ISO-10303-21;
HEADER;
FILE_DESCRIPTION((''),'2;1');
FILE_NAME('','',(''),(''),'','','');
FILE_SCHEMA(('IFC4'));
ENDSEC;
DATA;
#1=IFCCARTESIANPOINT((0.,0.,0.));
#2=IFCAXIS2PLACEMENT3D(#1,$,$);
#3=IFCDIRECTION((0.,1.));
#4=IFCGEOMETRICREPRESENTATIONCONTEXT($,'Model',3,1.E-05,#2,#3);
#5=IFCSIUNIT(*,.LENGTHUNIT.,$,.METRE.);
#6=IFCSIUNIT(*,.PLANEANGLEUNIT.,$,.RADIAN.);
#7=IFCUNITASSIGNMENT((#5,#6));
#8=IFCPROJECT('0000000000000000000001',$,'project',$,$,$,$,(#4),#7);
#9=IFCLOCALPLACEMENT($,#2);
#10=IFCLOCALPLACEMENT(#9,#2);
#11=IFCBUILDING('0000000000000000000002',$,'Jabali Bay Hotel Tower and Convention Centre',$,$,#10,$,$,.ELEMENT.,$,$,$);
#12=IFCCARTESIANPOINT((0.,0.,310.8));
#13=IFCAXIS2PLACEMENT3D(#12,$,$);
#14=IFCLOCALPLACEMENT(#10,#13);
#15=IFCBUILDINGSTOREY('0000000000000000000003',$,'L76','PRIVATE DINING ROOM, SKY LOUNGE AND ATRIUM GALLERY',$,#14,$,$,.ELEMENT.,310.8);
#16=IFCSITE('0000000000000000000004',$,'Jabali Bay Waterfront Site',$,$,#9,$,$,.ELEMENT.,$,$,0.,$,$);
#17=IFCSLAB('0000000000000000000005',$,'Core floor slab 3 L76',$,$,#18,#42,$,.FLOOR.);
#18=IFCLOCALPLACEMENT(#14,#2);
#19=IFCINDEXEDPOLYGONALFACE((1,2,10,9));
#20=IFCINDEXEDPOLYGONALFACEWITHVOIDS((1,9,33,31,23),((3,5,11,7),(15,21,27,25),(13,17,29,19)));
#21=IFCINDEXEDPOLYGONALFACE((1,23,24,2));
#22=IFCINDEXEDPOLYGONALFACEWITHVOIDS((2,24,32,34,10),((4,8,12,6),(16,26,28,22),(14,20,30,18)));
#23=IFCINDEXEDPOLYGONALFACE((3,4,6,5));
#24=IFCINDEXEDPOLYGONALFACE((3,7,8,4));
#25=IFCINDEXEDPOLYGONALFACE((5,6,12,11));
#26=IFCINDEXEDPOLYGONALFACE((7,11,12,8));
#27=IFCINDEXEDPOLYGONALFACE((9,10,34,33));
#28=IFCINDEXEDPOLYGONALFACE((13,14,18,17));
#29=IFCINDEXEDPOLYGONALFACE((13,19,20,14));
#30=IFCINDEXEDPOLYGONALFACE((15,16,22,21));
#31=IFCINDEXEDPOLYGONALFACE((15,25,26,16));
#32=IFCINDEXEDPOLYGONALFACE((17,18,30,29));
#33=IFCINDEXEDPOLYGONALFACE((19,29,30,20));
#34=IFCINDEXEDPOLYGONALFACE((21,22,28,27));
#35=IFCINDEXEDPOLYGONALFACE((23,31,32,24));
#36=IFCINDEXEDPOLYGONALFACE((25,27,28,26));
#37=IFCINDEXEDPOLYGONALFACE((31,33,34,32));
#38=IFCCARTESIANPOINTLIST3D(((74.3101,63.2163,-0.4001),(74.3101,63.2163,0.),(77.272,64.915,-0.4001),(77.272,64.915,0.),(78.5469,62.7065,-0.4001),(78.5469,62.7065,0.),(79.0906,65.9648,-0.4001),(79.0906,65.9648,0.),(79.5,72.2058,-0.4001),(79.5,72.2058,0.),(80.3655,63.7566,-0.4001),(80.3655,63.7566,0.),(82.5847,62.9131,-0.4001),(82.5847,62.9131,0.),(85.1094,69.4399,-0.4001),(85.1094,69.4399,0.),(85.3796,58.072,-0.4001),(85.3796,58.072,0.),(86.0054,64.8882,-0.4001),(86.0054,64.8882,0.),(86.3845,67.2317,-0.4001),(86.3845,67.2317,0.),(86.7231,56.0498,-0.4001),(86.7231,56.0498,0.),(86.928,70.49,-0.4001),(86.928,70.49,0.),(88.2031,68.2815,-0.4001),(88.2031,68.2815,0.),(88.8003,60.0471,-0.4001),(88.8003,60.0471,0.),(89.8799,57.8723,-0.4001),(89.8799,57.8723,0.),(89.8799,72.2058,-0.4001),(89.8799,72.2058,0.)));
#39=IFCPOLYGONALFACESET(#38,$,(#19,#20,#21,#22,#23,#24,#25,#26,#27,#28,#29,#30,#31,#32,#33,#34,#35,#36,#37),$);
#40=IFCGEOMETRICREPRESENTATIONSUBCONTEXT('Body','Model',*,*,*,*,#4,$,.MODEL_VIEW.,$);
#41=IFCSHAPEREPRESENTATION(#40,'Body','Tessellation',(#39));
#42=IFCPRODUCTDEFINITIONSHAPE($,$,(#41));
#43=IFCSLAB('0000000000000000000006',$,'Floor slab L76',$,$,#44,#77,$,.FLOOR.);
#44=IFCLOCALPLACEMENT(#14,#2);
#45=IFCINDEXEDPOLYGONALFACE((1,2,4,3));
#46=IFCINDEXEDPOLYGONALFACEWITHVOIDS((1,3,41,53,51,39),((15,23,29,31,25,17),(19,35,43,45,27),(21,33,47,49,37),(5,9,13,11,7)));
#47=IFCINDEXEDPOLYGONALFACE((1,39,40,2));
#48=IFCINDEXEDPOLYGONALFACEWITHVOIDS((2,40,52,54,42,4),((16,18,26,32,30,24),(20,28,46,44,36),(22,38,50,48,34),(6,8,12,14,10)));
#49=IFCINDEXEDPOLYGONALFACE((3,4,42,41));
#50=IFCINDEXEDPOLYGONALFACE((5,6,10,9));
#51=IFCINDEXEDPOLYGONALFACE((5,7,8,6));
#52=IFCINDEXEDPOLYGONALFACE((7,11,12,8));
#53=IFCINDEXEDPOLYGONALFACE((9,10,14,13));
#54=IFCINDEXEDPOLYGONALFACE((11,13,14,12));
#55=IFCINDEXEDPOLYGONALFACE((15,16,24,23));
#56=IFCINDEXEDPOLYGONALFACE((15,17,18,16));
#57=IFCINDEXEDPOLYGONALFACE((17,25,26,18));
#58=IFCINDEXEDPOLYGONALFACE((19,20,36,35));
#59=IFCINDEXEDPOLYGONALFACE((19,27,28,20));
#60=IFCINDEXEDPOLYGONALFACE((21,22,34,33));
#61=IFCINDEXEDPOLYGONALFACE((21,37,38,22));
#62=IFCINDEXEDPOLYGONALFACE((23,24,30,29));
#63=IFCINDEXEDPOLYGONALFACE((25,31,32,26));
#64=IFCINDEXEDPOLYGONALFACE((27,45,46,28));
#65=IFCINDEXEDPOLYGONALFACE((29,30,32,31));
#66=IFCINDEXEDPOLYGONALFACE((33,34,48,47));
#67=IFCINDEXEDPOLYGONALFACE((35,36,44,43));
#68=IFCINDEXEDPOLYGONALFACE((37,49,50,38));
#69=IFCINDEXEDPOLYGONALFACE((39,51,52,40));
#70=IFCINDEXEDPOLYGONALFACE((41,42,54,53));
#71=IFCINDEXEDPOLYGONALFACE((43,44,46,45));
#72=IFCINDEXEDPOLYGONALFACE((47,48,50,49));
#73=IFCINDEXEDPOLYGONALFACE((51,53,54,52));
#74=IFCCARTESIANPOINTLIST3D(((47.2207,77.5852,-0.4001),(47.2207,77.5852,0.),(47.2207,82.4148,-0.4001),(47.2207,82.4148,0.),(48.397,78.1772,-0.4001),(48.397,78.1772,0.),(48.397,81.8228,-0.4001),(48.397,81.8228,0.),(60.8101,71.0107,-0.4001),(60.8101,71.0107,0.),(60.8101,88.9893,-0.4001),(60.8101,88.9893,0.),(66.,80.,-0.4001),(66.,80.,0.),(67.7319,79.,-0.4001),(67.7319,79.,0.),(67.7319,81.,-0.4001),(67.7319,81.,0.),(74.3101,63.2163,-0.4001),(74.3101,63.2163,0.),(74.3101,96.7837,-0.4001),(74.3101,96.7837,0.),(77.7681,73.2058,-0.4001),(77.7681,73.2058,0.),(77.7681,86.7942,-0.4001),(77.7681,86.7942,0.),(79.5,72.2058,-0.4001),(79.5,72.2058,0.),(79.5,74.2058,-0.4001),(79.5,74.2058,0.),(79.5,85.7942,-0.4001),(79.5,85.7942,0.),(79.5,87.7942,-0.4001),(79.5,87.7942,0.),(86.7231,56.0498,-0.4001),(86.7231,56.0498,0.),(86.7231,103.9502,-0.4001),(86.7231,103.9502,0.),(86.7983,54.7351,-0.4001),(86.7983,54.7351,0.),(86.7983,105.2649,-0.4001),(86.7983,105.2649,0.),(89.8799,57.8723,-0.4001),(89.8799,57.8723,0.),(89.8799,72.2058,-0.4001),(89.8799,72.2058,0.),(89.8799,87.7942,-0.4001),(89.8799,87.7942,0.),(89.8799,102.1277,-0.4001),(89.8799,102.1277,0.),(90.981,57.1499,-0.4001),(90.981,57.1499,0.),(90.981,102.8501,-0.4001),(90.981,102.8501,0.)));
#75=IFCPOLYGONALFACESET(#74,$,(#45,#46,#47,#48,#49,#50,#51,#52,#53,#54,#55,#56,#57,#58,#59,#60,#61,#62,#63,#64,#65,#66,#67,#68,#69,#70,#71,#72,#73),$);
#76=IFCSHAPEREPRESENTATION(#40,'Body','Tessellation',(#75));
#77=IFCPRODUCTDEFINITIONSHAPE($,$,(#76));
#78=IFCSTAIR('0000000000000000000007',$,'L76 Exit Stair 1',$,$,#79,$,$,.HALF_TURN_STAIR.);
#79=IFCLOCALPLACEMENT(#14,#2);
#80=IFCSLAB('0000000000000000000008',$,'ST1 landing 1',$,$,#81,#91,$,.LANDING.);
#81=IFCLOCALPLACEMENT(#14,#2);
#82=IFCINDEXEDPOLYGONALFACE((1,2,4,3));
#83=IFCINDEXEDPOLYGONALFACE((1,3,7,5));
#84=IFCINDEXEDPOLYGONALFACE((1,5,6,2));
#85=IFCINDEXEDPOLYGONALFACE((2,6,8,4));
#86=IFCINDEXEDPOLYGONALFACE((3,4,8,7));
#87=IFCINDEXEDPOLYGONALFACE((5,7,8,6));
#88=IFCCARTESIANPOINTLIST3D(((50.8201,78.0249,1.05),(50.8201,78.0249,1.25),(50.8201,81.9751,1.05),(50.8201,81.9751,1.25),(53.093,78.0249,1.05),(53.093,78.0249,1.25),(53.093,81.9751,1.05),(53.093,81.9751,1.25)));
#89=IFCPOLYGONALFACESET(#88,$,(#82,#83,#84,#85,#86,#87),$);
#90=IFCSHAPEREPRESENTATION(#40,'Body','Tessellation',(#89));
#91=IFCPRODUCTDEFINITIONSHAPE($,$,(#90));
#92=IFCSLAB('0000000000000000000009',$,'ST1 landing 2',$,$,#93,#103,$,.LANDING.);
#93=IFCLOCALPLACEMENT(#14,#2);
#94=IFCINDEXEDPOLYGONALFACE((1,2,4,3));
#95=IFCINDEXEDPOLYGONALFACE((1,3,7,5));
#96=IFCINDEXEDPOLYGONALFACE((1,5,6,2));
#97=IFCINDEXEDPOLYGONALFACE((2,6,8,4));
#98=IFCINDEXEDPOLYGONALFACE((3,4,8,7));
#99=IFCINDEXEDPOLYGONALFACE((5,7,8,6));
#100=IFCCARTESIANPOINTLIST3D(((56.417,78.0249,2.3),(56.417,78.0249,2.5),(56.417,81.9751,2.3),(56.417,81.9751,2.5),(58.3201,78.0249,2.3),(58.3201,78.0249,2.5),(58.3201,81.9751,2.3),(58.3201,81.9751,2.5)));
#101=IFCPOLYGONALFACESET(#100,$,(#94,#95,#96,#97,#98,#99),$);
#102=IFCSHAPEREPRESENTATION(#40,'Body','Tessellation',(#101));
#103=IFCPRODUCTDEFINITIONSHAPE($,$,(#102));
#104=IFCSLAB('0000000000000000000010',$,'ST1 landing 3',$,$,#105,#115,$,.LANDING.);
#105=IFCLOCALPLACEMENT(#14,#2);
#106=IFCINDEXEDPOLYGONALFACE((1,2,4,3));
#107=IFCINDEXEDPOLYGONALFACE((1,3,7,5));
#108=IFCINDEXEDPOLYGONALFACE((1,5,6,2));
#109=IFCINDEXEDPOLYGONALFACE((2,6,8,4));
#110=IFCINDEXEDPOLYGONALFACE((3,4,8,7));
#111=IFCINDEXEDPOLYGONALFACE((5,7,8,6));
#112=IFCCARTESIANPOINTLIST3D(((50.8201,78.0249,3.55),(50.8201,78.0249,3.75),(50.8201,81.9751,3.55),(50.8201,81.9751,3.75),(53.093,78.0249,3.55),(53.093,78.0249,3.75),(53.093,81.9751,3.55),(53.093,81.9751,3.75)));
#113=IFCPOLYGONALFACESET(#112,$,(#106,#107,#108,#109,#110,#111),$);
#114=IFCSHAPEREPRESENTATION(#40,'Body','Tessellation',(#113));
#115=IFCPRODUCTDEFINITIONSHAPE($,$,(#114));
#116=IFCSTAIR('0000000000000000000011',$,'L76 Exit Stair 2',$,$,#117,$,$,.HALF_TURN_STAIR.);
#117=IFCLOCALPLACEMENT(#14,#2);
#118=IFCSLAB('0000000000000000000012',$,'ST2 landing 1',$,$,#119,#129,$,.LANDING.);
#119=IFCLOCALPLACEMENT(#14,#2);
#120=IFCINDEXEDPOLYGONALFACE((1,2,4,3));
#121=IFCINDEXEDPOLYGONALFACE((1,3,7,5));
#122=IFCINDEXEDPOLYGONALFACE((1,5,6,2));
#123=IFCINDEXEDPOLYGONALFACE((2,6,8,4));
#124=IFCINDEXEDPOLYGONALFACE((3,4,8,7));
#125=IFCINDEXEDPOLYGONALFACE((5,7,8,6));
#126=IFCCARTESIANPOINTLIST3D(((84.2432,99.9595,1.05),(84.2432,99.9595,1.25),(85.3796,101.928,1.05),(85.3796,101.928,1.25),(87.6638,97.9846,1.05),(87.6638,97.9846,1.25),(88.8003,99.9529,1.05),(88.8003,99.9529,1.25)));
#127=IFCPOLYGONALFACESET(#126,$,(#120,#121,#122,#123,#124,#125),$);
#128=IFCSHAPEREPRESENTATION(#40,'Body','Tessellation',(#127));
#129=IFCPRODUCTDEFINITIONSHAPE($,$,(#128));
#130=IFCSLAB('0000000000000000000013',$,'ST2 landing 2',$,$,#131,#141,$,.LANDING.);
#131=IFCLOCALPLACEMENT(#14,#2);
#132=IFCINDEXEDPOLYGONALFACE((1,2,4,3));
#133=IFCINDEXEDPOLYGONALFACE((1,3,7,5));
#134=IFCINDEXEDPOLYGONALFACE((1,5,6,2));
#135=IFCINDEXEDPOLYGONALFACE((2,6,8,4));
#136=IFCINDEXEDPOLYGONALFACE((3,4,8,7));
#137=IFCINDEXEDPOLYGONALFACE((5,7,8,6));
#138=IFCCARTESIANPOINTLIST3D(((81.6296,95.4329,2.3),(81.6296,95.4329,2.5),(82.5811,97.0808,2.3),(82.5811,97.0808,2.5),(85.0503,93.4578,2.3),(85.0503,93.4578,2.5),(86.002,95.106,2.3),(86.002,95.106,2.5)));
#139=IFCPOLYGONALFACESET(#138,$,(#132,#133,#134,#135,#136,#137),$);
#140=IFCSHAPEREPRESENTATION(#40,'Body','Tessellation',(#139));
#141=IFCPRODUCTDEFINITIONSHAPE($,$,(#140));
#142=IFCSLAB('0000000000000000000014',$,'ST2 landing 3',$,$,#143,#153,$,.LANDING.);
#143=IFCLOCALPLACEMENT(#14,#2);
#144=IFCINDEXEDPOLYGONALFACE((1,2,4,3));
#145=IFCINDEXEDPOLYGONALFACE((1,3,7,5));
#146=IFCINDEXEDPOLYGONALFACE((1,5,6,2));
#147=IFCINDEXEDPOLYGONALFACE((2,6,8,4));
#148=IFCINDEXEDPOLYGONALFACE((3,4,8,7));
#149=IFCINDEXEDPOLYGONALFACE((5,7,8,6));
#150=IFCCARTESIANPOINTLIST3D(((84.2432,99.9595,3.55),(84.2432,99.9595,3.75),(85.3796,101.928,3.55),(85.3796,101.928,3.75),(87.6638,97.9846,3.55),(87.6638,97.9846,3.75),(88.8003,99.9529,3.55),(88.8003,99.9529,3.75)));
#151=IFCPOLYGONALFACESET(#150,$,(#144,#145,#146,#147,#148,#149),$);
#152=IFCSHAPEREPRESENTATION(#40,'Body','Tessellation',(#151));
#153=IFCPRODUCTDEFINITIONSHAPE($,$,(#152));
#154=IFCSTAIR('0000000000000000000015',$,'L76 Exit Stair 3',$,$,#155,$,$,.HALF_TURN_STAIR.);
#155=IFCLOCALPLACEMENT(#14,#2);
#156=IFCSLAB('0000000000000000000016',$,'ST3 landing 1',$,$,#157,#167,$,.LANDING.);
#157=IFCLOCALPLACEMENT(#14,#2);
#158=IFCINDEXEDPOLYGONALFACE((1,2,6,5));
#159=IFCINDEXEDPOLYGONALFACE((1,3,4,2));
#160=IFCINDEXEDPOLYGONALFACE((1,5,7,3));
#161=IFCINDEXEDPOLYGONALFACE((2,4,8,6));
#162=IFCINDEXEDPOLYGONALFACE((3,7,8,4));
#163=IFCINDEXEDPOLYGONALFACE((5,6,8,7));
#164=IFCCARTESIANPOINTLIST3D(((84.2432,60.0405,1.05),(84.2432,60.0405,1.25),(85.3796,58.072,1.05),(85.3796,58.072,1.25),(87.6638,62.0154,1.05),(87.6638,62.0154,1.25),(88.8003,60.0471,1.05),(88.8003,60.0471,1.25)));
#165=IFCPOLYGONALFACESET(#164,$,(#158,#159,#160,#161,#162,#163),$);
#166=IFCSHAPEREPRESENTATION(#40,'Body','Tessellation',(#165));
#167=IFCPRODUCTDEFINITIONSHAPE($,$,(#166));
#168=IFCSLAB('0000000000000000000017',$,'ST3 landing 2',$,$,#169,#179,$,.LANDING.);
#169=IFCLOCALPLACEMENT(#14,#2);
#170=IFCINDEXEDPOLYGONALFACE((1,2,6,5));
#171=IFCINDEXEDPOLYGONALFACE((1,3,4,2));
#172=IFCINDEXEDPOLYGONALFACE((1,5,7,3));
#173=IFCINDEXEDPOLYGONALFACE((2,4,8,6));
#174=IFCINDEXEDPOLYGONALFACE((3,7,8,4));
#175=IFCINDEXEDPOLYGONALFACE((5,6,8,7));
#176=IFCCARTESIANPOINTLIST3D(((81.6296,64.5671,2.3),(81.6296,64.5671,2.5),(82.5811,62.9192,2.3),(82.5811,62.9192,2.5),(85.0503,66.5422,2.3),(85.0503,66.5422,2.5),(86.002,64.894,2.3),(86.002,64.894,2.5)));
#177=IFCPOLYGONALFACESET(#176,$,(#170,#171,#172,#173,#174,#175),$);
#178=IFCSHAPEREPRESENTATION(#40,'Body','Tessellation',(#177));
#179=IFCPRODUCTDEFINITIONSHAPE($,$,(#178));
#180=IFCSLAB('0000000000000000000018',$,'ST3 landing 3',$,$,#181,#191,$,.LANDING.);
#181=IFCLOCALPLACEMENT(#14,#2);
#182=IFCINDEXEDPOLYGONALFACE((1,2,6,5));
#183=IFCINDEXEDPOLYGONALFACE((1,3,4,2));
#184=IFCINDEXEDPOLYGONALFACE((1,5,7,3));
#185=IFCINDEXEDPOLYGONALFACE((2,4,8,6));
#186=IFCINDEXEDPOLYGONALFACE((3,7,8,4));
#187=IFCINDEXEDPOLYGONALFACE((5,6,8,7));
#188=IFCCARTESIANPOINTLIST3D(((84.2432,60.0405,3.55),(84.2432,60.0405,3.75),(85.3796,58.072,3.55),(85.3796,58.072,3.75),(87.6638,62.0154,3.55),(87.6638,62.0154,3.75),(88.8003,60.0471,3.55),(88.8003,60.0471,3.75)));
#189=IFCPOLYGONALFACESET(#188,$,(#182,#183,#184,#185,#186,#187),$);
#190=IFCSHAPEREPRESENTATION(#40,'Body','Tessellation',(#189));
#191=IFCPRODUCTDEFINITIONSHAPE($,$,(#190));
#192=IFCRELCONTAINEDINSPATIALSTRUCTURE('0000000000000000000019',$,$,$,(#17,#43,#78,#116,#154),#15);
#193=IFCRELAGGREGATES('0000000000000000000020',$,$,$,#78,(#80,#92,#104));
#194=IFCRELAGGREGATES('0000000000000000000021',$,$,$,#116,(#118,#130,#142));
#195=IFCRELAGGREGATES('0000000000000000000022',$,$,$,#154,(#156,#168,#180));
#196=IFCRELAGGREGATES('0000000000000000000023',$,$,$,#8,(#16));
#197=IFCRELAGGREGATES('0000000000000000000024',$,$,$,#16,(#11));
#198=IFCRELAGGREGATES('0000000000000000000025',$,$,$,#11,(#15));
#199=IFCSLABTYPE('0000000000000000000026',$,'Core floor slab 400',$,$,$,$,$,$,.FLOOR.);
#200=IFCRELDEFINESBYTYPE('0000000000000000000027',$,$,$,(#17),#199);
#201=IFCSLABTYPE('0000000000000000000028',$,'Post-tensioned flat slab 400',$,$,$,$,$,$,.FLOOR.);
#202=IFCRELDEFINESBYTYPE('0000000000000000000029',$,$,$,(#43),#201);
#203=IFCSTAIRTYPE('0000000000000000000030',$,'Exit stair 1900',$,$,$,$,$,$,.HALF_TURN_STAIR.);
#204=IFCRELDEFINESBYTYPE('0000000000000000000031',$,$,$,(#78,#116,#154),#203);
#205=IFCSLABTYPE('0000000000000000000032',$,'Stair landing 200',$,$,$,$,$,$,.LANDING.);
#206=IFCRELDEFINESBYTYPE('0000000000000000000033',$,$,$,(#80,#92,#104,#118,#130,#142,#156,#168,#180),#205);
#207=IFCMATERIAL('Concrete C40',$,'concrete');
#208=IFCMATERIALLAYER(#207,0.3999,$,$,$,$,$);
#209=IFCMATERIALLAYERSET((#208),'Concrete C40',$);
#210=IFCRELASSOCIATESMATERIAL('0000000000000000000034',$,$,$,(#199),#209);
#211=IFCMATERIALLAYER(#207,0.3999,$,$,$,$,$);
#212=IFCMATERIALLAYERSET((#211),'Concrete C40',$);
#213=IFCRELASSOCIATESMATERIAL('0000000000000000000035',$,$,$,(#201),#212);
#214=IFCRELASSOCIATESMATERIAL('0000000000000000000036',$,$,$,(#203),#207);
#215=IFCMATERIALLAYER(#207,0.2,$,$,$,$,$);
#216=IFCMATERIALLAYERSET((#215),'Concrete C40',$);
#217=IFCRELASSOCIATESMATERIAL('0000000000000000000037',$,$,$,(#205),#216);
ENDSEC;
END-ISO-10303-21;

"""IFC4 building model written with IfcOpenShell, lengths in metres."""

from ifc_helpers import new_model, si_unit, direction, frame, origin, place, context, subcontext, project, spatial, polyline, outline, extrude, material, layer, layer_set, type_object, element, aggregate, save


model = new_model("IFC4")

# Units and contexts
model_context = context("Model", 3, precision=1e-05, world=origin(), true_north=direction((0.0, 1.0)))
body_context = subcontext(model_context, "Body", "Model", "MODEL_VIEW")
ifc_project = project(units=[si_unit("LENGTHUNIT", "METRE"), si_unit("PLANEANGLEUNIT", "RADIAN")], contexts=[model_context])

# Site, building, storey
site_placement = place(None, origin())
site = spatial("IfcSite", under=ifc_project, at=site_placement, Name="Jabali Bay Waterfront Site", CompositionType="ELEMENT", RefElevation=0.0)
building_placement = place(site_placement, origin())
building = spatial("IfcBuilding", under=site, at=building_placement, Name="Jabali Bay Hotel Tower and Convention Centre", CompositionType="ELEMENT")
storey_placement = place(building_placement, frame((0.0, 0.0, 310.8)))
storey = spatial("IfcBuildingStorey", under=building, at=storey_placement, Name="L76", Description="PRIVATE DINING ROOM, SKY LOUNGE AND ATRIUM GALLERY", CompositionType="ELEMENT", Elevation=310.8)

# Slabs
ifc_material_1 = material(Name="Concrete C40", Category="concrete")
ifc_layer_1 = layer(ifc_material_1, 0.3999)
ifc_layer_set_1 = layer_set([ifc_layer_1], Name="Concrete C40")
slab_type_1 = type_object("IfcSlabType", Name="Core floor slab 400", PredefinedType="FLOOR", material=ifc_layer_set_1)
slab_1_placement = place(storey_placement, frame((0.0, 0.0, -0.4001)))
element("IfcSlab", 1, at=slab_1_placement, inside=storey, type_object=slab_type_1, Name="Core floor slab 3 L76", PredefinedType="FLOOR", context=body_context, shape_type="SweptSolid", body=[
    extrude(outline(polyline([(79.5, 72.2058), (74.3101, 63.2163), (86.7231, 56.0498), (89.8799, 57.8723), (89.8799, 72.2058), (79.5, 72.2058)]), holes=[polyline([(85.3796, 58.072), (88.8003, 60.0471), (86.0054, 64.8882), (82.5847, 62.9131), (85.3796, 58.072)]), polyline([(79.0906, 65.9648), (77.272, 64.915), (78.5469, 62.7065), (80.3655, 63.7566), (79.0906, 65.9648)]), polyline([(86.928, 70.49), (85.1094, 69.4399), (86.3845, 67.2317), (88.2031, 68.2815), (86.928, 70.49)])]), origin(), (0.0, 0.0, 1.0), 0.4001),
])
ifc_layer_2 = layer(ifc_material_1, 0.3999)
ifc_layer_set_2 = layer_set([ifc_layer_2], Name="Concrete C40")
slab_type_2 = type_object("IfcSlabType", Name="Post-tensioned flat slab 400", PredefinedType="FLOOR", material=ifc_layer_set_2)
slab_2_placement = place(storey_placement, frame((0.0, 0.0, -0.4001)))
element("IfcSlab", 2, at=slab_2_placement, inside=storey, type_object=slab_type_2, Name="Floor slab L76", PredefinedType="FLOOR", context=body_context, shape_type="SweptSolid", body=[
    extrude(outline(polyline([(86.7983, 105.2649), (90.981, 102.8501), (90.981, 57.1499), (86.7983, 54.7351), (47.2207, 77.5852), (47.2207, 82.4148), (86.7983, 105.2649)]), holes=[polyline([(67.7319, 79.0), (77.7681, 73.2058), (79.5, 74.2058), (79.5, 85.7942), (77.7681, 86.7942), (67.7319, 81.0), (67.7319, 79.0)]), polyline([(48.397, 78.1772), (60.8101, 71.0107), (66.0, 80.0), (60.8101, 88.9893), (48.397, 81.8228), (48.397, 78.1772)]), polyline([(89.8799, 102.1277), (86.7231, 103.9502), (74.3101, 96.7837), (79.5, 87.7942), (89.8799, 87.7942), (89.8799, 102.1277)]), polyline([(74.3101, 63.2163), (86.7231, 56.0498), (89.8799, 57.8723), (89.8799, 72.2058), (79.5, 72.2058), (74.3101, 63.2163)])]), origin(), (0.0, 0.0, 1.0), 0.4001),
])

# Stairs, slabs
stair_type = type_object("IfcStairType", Name="Exit stair 1900", PredefinedType="HALF_TURN_STAIR", material=ifc_material_1)
stair_1_placement = place(storey_placement, origin())
stair_1 = element("IfcStair", 3, at=stair_1_placement, inside=storey, type_object=stair_type, Name="L76 Exit Stair 1", PredefinedType="HALF_TURN_STAIR")
ifc_layer_3 = layer(ifc_material_1, 0.2)
ifc_layer_set_3 = layer_set([ifc_layer_3], Name="Concrete C40")
slab_type_3 = type_object("IfcSlabType", Name="Stair landing 200", PredefinedType="LANDING", material=ifc_layer_set_3)
slab_3_placement = place(storey_placement, frame((0.0, 0.0, 1.05)))
slab_3 = element("IfcSlab", 4, at=slab_3_placement, type_object=slab_type_3, Name="ST1 landing 1", PredefinedType="LANDING", context=body_context, shape_type="SweptSolid", body=[
    extrude(outline(polyline([(53.093, 81.9751), (50.8201, 81.9751), (50.8201, 78.0249), (53.093, 78.0249), (53.093, 81.9751)])), origin(), (0.0, 0.0, 1.0), 0.2),
])
slab_4_placement = place(storey_placement, frame((0.0, 0.0, 2.3)))
slab_4 = element("IfcSlab", 5, at=slab_4_placement, type_object=slab_type_3, Name="ST1 landing 2", PredefinedType="LANDING", context=body_context, shape_type="SweptSolid", body=[
    extrude(outline(polyline([(58.3201, 81.9751), (56.417, 81.9751), (56.417, 78.0249), (58.3201, 78.0249), (58.3201, 81.9751)])), origin(), (0.0, 0.0, 1.0), 0.2),
])
slab_5_placement = place(storey_placement, frame((0.0, 0.0, 3.55)))
slab_5 = element("IfcSlab", 6, at=slab_5_placement, type_object=slab_type_3, Name="ST1 landing 3", PredefinedType="LANDING", context=body_context, shape_type="SweptSolid", body=[
    extrude(outline(polyline([(53.093, 81.9751), (50.8201, 81.9751), (50.8201, 78.0249), (53.093, 78.0249), (53.093, 81.9751)])), origin(), (0.0, 0.0, 1.0), 0.2),
])
aggregate(stair_1, [slab_3, slab_4, slab_5])
stair_2_placement = place(storey_placement, origin())
stair_2 = element("IfcStair", 7, at=stair_2_placement, inside=storey, type_object=stair_type, Name="L76 Exit Stair 2", PredefinedType="HALF_TURN_STAIR")
slab_6_placement = place(storey_placement, frame((0.0, 0.0, 1.05)))
slab_6 = element("IfcSlab", 8, at=slab_6_placement, type_object=slab_type_3, Name="ST2 landing 1", PredefinedType="LANDING", context=body_context, shape_type="SweptSolid", body=[
    extrude(outline(polyline([(87.6638, 97.9846), (88.8003, 99.9529), (85.3796, 101.928), (84.2432, 99.9595), (87.6638, 97.9846)])), origin(), (0.0, 0.0, 1.0), 0.2),
])
slab_7_placement = place(storey_placement, frame((0.0, 0.0, 2.3)))
slab_7 = element("IfcSlab", 9, at=slab_7_placement, type_object=slab_type_3, Name="ST2 landing 2", PredefinedType="LANDING", context=body_context, shape_type="SweptSolid", body=[
    extrude(outline(polyline([(85.0503, 93.4578), (86.002, 95.106), (82.5811, 97.0808), (81.6296, 95.4329), (85.0503, 93.4578)])), origin(), (0.0, 0.0, 1.0), 0.2),
])
slab_8_placement = place(storey_placement, frame((0.0, 0.0, 3.55)))
slab_8 = element("IfcSlab", 10, at=slab_8_placement, type_object=slab_type_3, Name="ST2 landing 3", PredefinedType="LANDING", context=body_context, shape_type="SweptSolid", body=[
    extrude(outline(polyline([(87.6638, 97.9846), (88.8003, 99.9529), (85.3796, 101.928), (84.2432, 99.9595), (87.6638, 97.9846)])), origin(), (0.0, 0.0, 1.0), 0.2),
])
aggregate(stair_2, [slab_6, slab_7, slab_8])
stair_3_placement = place(storey_placement, origin())
stair_3 = element("IfcStair", 11, at=stair_3_placement, inside=storey, type_object=stair_type, Name="L76 Exit Stair 3", PredefinedType="HALF_TURN_STAIR")
slab_9_placement = place(storey_placement, frame((0.0, 0.0, 1.05)))
slab_9 = element("IfcSlab", 12, at=slab_9_placement, type_object=slab_type_3, Name="ST3 landing 1", PredefinedType="LANDING", context=body_context, shape_type="SweptSolid", body=[
    extrude(outline(polyline([(84.2432, 60.0405), (85.3796, 58.072), (88.8003, 60.0471), (87.6638, 62.0154), (84.2432, 60.0405)])), origin(), (0.0, 0.0, 1.0), 0.2),
])
slab_10_placement = place(storey_placement, frame((0.0, 0.0, 2.3)))
slab_10 = element("IfcSlab", 13, at=slab_10_placement, type_object=slab_type_3, Name="ST3 landing 2", PredefinedType="LANDING", context=body_context, shape_type="SweptSolid", body=[
    extrude(outline(polyline([(81.6296, 64.5671), (82.5811, 62.9192), (86.002, 64.894), (85.0503, 66.5422), (81.6296, 64.5671)])), origin(), (0.0, 0.0, 1.0), 0.2),
])
slab_11_placement = place(storey_placement, frame((0.0, 0.0, 3.55)))
slab_11 = element("IfcSlab", 14, at=slab_11_placement, type_object=slab_type_3, Name="ST3 landing 3", PredefinedType="LANDING", context=body_context, shape_type="SweptSolid", body=[
    extrude(outline(polyline([(84.2432, 60.0405), (85.3796, 58.072), (88.8003, 60.0471), (87.6638, 62.0154), (84.2432, 60.0405)])), origin(), (0.0, 0.0, 1.0), 0.2),
])
aggregate(stair_3, [slab_9, slab_10, slab_11])

save(model, "model.ifc")
